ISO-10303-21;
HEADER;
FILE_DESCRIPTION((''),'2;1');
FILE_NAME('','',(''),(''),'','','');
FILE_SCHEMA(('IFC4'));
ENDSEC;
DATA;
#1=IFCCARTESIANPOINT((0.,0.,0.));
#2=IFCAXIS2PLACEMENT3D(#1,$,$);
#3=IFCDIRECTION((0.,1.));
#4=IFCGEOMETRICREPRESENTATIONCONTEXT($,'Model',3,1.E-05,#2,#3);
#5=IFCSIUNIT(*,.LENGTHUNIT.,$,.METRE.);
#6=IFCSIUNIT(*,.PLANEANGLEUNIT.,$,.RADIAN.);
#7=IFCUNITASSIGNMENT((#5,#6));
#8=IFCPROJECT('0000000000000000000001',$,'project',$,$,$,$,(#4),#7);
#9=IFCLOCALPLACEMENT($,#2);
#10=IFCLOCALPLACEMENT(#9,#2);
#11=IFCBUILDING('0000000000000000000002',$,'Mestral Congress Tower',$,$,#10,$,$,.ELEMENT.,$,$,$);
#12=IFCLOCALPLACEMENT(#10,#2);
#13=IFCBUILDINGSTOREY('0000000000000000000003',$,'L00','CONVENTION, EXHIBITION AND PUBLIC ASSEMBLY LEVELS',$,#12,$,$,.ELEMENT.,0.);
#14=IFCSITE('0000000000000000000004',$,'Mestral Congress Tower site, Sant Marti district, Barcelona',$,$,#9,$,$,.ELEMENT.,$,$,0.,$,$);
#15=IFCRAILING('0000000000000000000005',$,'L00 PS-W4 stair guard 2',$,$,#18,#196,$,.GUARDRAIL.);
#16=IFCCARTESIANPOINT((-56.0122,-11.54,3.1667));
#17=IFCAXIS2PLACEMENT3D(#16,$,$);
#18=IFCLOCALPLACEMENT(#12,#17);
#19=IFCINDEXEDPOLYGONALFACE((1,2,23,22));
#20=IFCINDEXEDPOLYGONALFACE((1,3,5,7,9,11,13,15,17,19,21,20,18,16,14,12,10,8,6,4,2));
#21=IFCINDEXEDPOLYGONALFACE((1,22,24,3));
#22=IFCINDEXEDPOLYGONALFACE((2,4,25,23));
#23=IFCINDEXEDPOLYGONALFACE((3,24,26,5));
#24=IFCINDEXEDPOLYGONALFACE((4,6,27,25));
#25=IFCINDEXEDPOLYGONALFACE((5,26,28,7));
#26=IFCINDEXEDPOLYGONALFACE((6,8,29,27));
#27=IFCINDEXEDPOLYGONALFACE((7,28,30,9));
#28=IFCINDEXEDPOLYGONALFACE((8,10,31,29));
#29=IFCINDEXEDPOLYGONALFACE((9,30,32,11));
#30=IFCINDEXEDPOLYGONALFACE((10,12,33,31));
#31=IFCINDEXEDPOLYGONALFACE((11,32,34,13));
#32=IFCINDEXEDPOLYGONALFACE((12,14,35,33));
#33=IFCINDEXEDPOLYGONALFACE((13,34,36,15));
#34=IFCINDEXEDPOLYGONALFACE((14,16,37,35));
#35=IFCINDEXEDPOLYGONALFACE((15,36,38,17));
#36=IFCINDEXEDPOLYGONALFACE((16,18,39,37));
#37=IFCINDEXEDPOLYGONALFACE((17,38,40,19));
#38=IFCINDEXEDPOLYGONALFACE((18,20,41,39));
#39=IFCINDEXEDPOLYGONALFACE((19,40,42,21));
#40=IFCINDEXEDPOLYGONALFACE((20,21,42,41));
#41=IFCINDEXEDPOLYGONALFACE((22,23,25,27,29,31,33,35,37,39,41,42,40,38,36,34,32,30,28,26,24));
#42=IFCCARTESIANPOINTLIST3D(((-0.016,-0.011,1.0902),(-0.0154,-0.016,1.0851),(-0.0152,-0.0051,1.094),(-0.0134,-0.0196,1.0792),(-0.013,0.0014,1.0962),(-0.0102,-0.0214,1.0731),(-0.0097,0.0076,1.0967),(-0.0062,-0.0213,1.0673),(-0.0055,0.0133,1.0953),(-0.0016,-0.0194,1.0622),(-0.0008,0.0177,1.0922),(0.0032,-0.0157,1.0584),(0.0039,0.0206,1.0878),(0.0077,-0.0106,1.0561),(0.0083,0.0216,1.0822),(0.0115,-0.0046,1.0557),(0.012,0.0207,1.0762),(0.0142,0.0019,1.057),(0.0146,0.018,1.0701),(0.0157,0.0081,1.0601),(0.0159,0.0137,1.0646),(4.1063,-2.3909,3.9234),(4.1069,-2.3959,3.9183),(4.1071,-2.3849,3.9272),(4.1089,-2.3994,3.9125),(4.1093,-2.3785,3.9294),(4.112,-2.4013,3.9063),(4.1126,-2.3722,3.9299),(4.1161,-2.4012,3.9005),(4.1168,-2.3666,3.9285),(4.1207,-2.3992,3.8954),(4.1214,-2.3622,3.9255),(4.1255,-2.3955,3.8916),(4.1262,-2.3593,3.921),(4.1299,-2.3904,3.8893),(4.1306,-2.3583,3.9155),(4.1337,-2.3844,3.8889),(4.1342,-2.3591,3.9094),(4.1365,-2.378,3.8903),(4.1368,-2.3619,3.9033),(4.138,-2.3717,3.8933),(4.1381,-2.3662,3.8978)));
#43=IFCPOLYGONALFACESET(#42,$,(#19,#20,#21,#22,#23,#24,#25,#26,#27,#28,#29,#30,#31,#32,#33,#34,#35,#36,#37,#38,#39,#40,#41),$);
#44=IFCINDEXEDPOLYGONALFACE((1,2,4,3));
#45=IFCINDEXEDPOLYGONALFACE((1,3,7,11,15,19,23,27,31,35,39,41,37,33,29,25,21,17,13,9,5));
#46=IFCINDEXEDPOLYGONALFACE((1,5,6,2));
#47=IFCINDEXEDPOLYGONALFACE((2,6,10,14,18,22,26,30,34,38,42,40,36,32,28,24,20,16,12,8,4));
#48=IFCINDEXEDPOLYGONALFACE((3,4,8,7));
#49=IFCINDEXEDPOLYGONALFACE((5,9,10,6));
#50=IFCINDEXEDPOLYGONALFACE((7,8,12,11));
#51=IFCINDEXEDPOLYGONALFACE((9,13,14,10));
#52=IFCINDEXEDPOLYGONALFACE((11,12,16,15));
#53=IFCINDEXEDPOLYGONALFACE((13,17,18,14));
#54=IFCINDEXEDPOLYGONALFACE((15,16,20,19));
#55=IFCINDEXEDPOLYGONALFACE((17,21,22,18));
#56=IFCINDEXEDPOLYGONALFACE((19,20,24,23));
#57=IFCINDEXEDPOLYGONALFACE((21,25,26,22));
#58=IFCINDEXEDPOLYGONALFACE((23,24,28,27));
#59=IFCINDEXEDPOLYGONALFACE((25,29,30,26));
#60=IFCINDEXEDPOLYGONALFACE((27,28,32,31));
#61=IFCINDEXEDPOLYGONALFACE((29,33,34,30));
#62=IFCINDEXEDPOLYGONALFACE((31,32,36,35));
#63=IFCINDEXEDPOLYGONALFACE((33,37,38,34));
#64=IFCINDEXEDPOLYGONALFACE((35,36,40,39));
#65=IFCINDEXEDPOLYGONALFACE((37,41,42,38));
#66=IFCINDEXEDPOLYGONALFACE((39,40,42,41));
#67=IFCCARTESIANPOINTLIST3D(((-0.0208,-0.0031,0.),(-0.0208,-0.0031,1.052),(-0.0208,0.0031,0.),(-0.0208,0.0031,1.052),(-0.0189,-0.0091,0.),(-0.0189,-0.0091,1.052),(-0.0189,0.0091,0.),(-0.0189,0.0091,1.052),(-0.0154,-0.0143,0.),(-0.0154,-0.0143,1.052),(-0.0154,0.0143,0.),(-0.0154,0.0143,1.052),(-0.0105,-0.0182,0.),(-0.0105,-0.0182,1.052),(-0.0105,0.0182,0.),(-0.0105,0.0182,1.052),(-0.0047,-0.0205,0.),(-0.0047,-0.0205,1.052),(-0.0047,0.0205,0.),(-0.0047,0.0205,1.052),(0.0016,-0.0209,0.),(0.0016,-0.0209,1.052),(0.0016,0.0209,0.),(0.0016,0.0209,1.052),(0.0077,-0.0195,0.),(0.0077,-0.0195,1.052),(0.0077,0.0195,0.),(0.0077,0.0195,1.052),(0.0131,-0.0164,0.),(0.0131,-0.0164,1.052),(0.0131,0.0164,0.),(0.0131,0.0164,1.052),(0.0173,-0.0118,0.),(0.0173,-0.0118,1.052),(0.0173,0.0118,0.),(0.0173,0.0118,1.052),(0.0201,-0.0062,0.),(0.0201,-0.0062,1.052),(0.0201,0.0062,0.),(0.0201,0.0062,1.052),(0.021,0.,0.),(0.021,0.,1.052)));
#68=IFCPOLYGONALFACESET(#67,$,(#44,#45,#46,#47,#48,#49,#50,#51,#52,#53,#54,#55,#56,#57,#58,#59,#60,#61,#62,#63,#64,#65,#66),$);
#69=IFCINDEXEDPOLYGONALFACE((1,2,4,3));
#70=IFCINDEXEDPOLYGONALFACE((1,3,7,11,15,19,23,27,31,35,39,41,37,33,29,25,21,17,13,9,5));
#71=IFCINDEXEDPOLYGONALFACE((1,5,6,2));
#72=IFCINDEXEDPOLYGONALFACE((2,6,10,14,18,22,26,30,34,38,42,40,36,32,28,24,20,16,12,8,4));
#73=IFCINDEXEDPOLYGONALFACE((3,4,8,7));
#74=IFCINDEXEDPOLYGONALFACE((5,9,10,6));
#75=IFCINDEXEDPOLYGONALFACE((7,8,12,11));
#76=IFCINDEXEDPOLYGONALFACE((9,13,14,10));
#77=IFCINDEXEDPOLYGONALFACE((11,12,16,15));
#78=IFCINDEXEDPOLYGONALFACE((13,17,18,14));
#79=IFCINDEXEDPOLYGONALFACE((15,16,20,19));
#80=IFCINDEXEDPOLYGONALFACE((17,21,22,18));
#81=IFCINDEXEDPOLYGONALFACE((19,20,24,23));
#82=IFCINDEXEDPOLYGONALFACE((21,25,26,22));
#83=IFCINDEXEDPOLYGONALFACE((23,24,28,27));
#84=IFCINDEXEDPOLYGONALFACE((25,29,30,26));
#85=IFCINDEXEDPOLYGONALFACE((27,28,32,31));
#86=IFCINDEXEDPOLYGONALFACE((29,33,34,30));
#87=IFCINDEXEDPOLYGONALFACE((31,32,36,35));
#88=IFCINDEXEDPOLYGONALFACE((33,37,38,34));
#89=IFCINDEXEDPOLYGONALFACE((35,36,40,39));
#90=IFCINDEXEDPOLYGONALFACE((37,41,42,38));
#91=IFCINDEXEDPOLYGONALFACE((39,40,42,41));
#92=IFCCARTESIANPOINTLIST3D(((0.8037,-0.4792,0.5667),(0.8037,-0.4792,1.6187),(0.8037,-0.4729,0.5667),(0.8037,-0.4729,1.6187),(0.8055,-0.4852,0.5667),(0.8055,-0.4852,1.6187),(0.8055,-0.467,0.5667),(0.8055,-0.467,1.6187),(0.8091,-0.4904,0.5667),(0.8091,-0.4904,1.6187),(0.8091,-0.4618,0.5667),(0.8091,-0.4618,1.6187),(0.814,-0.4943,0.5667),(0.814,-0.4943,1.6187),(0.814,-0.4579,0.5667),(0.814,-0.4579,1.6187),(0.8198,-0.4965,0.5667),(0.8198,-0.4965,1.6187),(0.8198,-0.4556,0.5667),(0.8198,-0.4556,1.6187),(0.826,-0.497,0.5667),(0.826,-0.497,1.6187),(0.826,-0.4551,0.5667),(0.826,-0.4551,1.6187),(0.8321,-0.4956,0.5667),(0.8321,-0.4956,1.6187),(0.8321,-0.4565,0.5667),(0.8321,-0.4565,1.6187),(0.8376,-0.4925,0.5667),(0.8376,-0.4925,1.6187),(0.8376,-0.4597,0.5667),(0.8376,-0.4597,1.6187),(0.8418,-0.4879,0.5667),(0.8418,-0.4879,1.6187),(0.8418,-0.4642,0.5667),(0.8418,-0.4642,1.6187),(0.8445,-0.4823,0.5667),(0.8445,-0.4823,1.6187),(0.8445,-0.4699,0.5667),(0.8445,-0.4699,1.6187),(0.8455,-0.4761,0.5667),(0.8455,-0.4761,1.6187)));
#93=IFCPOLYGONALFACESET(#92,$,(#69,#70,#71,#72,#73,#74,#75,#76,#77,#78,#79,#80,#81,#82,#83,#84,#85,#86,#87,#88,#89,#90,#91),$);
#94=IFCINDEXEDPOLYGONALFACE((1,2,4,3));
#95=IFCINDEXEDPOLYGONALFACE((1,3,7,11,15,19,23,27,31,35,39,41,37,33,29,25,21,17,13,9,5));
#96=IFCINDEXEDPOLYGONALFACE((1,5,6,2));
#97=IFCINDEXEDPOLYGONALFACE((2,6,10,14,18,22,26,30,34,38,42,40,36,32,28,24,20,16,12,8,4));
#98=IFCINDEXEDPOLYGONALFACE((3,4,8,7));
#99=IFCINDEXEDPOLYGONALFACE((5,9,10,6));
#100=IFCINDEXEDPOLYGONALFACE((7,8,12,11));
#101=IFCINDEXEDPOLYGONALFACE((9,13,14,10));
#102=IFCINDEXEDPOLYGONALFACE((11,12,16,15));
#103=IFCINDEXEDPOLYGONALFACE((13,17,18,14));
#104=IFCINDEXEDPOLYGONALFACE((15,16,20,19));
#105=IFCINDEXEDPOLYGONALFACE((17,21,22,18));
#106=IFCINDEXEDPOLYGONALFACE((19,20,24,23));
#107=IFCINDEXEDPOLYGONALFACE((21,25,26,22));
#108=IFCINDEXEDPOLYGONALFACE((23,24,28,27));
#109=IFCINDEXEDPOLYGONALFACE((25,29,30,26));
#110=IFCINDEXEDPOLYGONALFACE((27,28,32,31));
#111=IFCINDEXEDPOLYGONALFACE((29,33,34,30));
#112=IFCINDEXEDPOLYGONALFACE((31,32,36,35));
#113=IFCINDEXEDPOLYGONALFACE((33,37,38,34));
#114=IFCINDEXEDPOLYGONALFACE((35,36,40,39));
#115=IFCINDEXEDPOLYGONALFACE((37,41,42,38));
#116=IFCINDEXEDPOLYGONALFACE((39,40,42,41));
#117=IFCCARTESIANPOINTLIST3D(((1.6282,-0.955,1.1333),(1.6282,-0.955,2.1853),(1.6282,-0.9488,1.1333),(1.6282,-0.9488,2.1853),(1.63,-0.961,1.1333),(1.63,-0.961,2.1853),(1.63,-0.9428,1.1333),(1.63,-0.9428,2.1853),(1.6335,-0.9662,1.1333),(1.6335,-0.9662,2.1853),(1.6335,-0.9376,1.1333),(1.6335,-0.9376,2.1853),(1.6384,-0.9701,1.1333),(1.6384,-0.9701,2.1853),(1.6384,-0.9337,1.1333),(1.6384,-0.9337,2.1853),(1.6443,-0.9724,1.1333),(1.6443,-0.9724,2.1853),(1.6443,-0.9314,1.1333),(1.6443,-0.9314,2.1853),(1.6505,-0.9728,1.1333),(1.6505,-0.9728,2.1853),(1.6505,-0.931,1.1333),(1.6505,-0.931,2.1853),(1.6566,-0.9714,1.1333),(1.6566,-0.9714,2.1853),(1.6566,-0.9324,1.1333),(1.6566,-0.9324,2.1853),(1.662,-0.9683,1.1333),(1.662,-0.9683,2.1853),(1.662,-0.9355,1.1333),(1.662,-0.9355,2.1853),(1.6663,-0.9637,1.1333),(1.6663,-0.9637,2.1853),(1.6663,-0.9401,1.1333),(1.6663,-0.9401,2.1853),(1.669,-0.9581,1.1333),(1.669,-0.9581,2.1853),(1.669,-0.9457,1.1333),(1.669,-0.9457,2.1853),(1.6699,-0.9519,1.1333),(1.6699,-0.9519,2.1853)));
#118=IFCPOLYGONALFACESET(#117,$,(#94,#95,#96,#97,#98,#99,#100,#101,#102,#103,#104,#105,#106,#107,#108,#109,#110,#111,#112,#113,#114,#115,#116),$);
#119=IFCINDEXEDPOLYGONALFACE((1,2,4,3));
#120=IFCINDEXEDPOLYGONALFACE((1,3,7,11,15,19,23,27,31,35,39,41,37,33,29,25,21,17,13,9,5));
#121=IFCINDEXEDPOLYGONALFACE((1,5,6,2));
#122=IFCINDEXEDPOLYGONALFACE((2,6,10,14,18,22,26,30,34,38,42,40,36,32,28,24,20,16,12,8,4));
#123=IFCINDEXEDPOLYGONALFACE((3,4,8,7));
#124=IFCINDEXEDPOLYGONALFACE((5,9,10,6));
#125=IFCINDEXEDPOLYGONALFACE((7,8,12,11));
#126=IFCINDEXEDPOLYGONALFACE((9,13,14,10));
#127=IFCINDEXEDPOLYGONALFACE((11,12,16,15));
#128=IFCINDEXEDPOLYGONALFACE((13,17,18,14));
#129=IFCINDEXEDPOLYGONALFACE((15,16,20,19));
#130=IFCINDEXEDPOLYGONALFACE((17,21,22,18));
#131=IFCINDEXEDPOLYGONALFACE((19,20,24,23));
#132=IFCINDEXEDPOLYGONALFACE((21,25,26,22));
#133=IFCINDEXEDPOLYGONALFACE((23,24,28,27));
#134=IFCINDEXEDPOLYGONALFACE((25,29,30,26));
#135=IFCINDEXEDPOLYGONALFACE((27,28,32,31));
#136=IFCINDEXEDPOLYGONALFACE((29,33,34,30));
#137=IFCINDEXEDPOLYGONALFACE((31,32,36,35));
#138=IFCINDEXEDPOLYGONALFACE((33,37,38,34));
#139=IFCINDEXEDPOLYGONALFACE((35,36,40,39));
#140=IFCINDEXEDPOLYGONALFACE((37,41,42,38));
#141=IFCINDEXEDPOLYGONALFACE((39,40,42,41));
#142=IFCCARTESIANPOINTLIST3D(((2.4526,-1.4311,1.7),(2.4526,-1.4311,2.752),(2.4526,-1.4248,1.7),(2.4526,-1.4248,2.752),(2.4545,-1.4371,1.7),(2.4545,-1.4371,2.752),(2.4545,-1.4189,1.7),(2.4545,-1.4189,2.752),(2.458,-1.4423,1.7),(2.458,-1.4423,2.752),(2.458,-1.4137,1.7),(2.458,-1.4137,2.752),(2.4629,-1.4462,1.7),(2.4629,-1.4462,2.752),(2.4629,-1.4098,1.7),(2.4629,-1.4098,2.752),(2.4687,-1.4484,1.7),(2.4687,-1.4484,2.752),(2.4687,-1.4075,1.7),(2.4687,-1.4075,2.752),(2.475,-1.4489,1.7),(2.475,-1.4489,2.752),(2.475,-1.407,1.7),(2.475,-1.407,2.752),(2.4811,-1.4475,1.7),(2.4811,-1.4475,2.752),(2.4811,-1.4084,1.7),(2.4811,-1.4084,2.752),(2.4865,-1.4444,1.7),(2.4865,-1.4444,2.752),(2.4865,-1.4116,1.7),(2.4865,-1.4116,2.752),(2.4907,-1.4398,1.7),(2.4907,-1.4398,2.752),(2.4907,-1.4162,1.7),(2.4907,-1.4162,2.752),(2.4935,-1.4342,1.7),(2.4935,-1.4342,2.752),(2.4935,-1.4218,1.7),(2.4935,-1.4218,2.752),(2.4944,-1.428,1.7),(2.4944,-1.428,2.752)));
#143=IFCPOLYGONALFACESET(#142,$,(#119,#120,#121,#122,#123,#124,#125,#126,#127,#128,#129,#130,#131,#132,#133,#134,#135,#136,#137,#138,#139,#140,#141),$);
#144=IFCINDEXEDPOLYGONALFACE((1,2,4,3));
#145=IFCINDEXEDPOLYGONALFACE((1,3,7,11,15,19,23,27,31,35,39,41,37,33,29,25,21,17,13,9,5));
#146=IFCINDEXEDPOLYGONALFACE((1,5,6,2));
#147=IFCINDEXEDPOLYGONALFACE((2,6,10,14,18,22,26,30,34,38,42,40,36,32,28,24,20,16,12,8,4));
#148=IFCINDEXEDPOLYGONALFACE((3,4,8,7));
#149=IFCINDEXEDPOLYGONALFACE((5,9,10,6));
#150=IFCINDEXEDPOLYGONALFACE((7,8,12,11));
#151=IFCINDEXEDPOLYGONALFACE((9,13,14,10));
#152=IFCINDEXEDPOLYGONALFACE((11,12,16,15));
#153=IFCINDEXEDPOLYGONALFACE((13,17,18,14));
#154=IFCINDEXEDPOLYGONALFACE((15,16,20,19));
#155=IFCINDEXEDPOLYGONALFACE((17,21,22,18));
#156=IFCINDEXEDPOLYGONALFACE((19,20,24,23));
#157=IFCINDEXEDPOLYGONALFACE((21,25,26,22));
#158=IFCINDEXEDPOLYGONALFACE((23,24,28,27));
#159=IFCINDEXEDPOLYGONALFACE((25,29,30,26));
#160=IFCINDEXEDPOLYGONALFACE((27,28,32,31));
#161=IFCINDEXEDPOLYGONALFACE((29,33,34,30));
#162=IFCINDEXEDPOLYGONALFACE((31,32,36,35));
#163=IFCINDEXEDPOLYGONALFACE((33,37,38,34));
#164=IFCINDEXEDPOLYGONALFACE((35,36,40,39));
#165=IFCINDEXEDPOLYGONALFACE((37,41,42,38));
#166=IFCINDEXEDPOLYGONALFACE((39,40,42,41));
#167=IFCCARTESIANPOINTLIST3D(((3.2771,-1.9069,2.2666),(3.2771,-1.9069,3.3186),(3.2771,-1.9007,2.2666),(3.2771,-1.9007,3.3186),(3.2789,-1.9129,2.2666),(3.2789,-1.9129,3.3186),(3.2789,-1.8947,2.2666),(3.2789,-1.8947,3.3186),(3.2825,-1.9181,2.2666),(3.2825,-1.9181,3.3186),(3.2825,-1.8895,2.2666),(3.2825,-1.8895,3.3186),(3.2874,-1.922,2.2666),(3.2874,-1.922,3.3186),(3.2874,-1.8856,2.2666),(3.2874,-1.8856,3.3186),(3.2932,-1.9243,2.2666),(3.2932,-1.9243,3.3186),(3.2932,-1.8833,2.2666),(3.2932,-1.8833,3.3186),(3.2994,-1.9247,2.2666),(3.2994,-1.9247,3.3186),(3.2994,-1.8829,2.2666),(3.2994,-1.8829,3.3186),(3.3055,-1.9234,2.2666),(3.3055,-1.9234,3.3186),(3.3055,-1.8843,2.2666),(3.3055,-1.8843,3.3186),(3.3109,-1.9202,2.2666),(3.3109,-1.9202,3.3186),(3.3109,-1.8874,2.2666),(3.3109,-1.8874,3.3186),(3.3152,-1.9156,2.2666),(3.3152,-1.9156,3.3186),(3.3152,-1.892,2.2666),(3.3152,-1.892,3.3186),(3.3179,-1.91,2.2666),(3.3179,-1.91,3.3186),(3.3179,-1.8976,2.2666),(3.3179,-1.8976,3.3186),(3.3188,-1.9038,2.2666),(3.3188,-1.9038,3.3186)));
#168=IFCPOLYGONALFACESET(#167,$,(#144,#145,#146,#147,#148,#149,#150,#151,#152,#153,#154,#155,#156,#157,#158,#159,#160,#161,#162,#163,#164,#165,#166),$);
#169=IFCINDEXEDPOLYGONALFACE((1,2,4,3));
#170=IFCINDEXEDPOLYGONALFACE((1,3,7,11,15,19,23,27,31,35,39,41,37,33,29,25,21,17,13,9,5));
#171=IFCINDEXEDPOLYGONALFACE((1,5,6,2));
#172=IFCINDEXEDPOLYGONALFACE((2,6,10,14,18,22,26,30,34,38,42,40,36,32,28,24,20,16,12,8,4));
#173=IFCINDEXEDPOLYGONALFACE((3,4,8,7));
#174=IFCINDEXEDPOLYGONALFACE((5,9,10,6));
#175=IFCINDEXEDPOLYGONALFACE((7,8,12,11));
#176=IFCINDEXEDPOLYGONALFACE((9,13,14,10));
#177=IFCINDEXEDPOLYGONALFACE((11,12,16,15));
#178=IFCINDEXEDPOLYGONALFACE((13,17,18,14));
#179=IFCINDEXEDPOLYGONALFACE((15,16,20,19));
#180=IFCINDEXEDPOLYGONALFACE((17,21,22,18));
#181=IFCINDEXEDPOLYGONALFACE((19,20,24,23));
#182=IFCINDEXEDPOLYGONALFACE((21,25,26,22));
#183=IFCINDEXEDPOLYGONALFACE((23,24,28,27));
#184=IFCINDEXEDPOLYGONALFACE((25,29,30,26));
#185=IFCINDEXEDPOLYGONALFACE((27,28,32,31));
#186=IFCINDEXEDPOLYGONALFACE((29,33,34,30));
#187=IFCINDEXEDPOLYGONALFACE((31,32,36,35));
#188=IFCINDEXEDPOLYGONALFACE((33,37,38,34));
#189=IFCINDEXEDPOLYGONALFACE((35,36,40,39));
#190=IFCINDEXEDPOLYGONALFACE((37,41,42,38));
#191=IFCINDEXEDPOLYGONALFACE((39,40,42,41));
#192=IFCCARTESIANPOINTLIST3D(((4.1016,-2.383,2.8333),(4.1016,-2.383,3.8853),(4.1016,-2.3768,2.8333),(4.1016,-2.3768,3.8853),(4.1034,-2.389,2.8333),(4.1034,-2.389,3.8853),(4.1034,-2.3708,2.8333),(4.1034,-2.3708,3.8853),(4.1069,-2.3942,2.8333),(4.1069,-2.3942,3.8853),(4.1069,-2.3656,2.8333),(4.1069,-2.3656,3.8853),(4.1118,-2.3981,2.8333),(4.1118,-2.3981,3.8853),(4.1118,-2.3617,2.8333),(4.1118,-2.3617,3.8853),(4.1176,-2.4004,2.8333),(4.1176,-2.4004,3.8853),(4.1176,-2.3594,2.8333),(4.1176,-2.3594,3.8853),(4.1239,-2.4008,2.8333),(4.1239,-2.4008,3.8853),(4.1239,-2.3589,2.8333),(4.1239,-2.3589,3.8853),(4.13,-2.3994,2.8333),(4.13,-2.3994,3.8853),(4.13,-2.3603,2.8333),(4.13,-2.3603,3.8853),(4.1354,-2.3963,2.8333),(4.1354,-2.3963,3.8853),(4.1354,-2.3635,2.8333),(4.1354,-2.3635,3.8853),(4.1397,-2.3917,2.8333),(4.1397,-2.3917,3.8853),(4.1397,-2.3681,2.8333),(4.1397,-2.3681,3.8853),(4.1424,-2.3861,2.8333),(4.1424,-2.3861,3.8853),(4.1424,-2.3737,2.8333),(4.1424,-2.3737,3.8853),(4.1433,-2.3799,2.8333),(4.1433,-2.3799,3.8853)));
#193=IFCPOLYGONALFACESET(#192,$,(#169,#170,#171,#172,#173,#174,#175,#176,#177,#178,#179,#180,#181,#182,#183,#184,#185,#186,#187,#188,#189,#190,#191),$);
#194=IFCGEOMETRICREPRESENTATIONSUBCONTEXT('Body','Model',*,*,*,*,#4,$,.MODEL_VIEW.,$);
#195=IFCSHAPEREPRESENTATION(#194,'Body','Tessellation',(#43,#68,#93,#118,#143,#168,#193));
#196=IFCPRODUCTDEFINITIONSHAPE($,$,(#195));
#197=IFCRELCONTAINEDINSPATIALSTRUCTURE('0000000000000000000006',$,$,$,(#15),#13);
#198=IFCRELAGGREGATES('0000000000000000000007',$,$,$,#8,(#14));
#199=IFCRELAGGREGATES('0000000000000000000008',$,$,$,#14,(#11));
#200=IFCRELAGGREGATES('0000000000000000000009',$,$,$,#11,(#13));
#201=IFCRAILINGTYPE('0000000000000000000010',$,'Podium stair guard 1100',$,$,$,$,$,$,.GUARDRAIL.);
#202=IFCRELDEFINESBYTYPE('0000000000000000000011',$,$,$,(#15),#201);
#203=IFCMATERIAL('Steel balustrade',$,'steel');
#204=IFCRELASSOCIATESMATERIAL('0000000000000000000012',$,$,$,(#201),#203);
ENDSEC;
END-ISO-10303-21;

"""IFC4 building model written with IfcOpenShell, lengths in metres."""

from ifc_helpers import new_model, si_unit, direction, frame, origin, origin_2d, place, context, subcontext, project, spatial, circle, extrude, material, type_object, element, save


model = new_model("IFC4")

# Units and contexts
model_context = context("Model", 3, precision=1e-05, world=origin(), true_north=direction((0.0, 1.0)))
body_context = subcontext(model_context, "Body", "Model", "MODEL_VIEW")
ifc_project = project(units=[si_unit("LENGTHUNIT", "METRE"), si_unit("PLANEANGLEUNIT", "RADIAN")], contexts=[model_context])

# Site, building, storey
site_placement = place(None, origin())
site = spatial("IfcSite", under=ifc_project, at=site_placement, Name="Mestral Congress Tower site, Sant Marti district, Barcelona", CompositionType="ELEMENT", RefElevation=0.0)
building_placement = place(site_placement, origin())
building = spatial("IfcBuilding", under=site, at=building_placement, Name="Mestral Congress Tower", CompositionType="ELEMENT")
storey_placement = place(building_placement, origin())
storey = spatial("IfcBuildingStorey", under=building, at=storey_placement, Name="L00", Description="CONVENTION, EXHIBITION AND PUBLIC ASSEMBLY LEVELS", CompositionType="ELEMENT", Elevation=0.0)

# Railing
ifc_material_1 = material(Name="Steel balustrade", Category="steel")
railing_type_1 = type_object("IfcRailingType", Name="Podium stair guard 1100", PredefinedType="GUARDRAIL", material=ifc_material_1)
railing_1_placement = place(storey_placement, frame((-56.0122, -11.54, 3.1667)))
element("IfcRailing", 1, at=railing_1_placement, inside=storey, type_object=railing_type_1, Name="L00 PS-W4 stair guard 2", PredefinedType="GUARDRAIL", context=body_context, shape_type="SweptSolid", body=[
    extrude(circle(Radius=0.0239, at=origin_2d()), frame((0.0, 0.0, 1.0762), z_axis=(0.744185, -0.42963, 0.511475), x_axis=(0.499978, 0.866038, 0.0)), (0.0, 0.0, 1.0), 5.5393),
    extrude(circle(Radius=0.021, at=origin_2d()), origin(), (0.0, 0.0, 1.0), 1.052),
    extrude(circle(Radius=0.021, at=origin_2d()), frame((0.8245, -0.4761, 0.5667)), (0.0, 0.0, 1.0), 1.052),
    extrude(circle(Radius=0.021, at=origin_2d()), frame((1.6489, -0.9519, 1.1333)), (0.0, 0.0, 1.0), 1.052),
    extrude(circle(Radius=0.021, at=origin_2d()), frame((2.4734, -1.428, 1.7)), (0.0, 0.0, 1.0), 1.052),
    extrude(circle(Radius=0.021, at=origin_2d()), frame((3.2979, -1.9038, 2.2666)), (0.0, 0.0, 1.0), 1.052),
    extrude(circle(Radius=0.021, at=origin_2d()), frame((4.1223, -2.3799, 2.8333)), (0.0, 0.0, 1.0), 1.052),
])

save(model, "model.ifc")
